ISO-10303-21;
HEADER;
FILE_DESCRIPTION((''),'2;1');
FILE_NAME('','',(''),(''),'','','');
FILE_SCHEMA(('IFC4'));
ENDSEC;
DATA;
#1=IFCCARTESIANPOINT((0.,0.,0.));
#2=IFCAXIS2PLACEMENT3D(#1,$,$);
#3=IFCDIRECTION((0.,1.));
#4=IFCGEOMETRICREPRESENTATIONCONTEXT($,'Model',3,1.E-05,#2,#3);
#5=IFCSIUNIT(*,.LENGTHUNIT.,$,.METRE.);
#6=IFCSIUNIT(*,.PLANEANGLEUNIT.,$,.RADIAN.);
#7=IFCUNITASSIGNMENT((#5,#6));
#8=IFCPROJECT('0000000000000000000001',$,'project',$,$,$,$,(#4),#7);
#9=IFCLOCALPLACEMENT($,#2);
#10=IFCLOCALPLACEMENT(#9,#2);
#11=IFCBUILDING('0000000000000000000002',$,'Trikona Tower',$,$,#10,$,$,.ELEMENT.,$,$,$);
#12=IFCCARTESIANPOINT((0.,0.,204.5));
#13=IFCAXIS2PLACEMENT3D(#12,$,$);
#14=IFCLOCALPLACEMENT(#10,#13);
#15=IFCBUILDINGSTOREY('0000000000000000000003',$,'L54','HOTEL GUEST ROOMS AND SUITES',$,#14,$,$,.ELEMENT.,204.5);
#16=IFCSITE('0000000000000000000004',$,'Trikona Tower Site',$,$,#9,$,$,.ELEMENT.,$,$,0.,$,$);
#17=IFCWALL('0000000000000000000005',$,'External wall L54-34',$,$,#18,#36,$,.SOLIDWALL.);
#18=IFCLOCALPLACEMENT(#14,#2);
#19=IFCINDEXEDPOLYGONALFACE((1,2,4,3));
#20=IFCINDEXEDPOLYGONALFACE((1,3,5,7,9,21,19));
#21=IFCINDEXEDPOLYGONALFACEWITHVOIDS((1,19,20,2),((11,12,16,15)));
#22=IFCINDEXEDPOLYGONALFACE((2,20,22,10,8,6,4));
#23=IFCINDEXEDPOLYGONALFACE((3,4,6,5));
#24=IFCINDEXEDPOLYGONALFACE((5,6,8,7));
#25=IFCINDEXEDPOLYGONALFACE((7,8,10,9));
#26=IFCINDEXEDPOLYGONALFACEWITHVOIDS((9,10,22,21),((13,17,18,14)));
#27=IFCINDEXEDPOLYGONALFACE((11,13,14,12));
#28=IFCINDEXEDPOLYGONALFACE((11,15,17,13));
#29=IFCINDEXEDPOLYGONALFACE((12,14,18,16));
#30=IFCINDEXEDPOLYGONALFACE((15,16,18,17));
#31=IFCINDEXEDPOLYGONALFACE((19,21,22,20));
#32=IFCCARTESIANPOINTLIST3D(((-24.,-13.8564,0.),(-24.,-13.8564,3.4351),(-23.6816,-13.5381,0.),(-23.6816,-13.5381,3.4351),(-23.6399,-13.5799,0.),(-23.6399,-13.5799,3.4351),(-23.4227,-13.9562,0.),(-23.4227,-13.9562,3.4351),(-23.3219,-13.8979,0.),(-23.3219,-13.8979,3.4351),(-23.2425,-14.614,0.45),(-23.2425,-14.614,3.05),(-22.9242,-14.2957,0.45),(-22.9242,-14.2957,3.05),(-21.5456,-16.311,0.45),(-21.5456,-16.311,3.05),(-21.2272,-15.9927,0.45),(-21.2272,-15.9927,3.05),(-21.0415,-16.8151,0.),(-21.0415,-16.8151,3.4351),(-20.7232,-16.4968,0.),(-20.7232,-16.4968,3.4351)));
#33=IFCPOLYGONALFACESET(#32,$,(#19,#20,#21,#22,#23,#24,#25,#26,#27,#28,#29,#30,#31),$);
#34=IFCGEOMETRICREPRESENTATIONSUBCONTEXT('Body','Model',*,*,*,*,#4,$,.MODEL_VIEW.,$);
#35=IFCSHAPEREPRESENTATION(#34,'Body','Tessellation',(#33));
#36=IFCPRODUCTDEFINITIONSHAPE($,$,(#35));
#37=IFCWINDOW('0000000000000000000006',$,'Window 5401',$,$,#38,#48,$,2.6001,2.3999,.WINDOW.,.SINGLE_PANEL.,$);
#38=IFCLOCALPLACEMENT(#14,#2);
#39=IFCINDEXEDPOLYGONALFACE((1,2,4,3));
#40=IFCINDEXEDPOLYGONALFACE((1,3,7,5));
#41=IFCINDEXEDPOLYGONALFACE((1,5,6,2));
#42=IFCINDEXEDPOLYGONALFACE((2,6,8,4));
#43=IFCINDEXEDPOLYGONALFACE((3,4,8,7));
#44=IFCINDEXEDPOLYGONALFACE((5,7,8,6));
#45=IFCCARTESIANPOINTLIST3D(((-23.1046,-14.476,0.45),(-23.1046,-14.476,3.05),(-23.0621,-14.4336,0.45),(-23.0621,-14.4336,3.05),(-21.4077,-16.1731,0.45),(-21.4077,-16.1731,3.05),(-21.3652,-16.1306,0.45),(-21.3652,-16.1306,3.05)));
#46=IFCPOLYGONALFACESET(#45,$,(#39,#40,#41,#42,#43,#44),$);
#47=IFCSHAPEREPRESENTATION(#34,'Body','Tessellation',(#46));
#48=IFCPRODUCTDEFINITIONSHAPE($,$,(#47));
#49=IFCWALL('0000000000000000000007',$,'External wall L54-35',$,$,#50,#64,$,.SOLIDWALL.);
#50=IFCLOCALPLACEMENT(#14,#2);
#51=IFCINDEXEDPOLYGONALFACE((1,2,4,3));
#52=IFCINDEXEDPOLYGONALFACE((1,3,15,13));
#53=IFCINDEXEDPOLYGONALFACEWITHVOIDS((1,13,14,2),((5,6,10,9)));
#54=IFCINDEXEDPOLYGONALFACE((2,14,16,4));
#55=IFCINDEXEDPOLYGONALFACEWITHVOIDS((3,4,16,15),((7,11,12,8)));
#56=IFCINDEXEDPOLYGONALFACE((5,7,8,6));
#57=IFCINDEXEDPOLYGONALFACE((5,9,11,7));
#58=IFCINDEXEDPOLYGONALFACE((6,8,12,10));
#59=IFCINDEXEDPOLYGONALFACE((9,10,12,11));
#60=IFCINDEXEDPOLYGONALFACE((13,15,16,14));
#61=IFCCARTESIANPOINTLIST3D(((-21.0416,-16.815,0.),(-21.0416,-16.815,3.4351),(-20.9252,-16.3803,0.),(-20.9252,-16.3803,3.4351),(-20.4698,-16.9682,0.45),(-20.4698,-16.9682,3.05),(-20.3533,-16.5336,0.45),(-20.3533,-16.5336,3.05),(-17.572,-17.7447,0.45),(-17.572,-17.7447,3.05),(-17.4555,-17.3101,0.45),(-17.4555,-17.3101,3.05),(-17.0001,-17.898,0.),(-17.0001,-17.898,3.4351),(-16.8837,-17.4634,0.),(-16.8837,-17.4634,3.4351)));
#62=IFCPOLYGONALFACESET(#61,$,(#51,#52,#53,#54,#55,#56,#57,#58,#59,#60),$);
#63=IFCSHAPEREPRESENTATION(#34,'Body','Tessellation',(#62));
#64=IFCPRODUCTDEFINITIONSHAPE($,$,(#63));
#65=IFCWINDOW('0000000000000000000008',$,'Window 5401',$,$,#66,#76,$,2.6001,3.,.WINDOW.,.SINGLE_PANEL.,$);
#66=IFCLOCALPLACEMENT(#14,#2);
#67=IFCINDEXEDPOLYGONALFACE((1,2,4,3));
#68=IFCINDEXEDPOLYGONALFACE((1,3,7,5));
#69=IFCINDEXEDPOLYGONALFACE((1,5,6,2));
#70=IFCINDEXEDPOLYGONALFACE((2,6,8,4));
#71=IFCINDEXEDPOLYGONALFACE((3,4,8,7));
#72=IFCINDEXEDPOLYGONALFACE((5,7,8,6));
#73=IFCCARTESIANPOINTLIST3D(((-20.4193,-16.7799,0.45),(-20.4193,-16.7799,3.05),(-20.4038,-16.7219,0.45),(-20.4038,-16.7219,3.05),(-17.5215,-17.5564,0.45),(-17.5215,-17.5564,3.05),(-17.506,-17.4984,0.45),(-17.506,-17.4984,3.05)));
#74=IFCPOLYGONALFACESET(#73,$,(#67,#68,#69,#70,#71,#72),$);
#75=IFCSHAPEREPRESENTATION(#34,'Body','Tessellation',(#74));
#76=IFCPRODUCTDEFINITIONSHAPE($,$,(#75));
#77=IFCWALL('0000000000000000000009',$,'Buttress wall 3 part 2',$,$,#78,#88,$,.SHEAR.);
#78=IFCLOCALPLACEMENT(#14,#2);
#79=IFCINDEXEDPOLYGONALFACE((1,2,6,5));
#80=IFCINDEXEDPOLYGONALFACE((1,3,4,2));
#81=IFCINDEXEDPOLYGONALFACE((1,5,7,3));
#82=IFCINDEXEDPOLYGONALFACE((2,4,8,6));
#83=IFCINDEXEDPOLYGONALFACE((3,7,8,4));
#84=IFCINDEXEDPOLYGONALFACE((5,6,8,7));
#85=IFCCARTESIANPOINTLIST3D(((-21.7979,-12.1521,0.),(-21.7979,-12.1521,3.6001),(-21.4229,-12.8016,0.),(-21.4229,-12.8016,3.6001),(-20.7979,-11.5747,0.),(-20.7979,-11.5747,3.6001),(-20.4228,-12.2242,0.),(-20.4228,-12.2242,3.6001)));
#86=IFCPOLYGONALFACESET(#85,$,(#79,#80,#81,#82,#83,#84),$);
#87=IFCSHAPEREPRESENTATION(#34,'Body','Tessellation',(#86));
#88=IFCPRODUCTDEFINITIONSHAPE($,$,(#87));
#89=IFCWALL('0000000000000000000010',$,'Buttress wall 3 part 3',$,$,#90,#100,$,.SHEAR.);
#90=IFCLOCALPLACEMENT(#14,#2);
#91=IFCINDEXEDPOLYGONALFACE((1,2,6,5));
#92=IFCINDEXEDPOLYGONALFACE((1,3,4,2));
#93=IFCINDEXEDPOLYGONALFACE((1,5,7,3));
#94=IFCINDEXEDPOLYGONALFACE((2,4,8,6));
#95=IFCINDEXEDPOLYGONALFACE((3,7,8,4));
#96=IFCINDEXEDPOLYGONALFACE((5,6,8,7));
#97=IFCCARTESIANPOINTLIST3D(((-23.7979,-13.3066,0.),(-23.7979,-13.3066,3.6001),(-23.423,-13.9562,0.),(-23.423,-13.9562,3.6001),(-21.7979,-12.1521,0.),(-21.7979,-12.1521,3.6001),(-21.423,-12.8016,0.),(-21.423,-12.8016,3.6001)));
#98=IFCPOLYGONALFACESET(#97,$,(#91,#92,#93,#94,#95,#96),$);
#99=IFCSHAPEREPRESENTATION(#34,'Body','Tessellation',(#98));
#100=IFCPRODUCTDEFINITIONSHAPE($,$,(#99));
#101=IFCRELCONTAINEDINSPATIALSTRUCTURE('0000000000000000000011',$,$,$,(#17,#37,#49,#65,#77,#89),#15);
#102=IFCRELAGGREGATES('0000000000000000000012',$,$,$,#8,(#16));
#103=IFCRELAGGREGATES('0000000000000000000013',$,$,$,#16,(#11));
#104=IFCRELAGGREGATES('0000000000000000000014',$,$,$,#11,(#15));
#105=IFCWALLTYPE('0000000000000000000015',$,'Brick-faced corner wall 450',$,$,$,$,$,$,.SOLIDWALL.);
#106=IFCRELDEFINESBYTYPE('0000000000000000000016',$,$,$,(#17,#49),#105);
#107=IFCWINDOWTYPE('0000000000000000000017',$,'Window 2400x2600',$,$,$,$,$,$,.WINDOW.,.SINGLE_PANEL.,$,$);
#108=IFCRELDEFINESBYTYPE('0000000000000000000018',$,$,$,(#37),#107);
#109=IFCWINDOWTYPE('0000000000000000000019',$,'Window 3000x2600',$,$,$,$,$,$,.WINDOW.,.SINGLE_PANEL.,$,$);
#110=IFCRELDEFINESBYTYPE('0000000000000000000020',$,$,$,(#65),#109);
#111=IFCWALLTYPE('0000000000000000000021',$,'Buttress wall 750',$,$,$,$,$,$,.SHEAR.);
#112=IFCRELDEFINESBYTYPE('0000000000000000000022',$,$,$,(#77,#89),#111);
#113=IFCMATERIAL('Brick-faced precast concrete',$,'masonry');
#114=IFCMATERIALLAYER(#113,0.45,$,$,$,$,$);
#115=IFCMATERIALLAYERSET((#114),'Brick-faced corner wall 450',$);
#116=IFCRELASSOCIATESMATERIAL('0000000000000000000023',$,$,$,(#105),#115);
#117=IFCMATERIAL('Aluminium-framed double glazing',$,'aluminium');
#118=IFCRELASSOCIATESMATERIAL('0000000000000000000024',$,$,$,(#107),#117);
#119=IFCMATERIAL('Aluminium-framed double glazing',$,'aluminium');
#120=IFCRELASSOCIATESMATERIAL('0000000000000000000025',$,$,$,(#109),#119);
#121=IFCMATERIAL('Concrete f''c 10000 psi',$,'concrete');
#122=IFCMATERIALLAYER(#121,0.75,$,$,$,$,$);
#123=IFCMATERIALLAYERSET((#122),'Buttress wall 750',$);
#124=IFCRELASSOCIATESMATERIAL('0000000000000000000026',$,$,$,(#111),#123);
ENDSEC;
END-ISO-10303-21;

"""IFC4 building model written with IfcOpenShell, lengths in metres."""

from ifc_helpers import new_model, si_unit, direction, frame, frame_2d, origin, place, context, subcontext, project, spatial, polyline, rectangle, outline, extrude, material, layer, layer_set, type_object, element, fill, save


model = new_model("IFC4")

# Units and contexts
model_context = context("Model", 3, precision=1e-05, world=origin(), true_north=direction((0.0, 1.0)))
body_context = subcontext(model_context, "Body", "Model", "MODEL_VIEW")
ifc_project = project(units=[si_unit("LENGTHUNIT", "METRE"), si_unit("PLANEANGLEUNIT", "RADIAN")], contexts=[model_context])

# Site, building, storey
site_placement = place(None, origin())
site = spatial("IfcSite", under=ifc_project, at=site_placement, Name="Trikona Tower Site", CompositionType="ELEMENT", RefElevation=0.0)
building_placement = place(site_placement, origin())
building = spatial("IfcBuilding", under=site, at=building_placement, Name="Trikona Tower", CompositionType="ELEMENT")
storey_placement = place(building_placement, frame((0.0, 0.0, 204.5)))
storey = spatial("IfcBuildingStorey", under=building, at=storey_placement, Name="L54", Description="HOTEL GUEST ROOMS AND SUITES", CompositionType="ELEMENT", Elevation=204.5)

# Walls, openings, windows
ifc_material_1 = material(Name="Brick-faced precast concrete", Category="masonry")
ifc_layer_1 = layer(ifc_material_1, 0.45)
ifc_layer_set_1 = layer_set([ifc_layer_1], Name="Brick-faced corner wall 450")
wall_type_1 = type_object("IfcWallType", Name="Brick-faced corner wall 450", PredefinedType="SOLIDWALL", material=ifc_layer_set_1)
wall_1_placement = place(storey_placement, frame((-23.8408, -13.6973, 0.0), z_axis=(0.0, 0.0, 1.0), x_axis=(0.707078, -0.707136, 0.0)))
wall_1 = element("IfcWall", 1, at=wall_1_placement, inside=storey, type_object=wall_type_1, Name="External wall L54-34", PredefinedType="SOLIDWALL", context=body_context, shape_type="SweptSolid", body=[
    extrude(outline(polyline([(4.1841, 0.2251), (0.5088, 0.2251), (0.4788, 0.1125), (0.0591, 0.2251), (0.0, 0.2251), (0.0, -0.2251), (4.1841, -0.2251), (4.1841, 0.2251)])), origin(), (0.0, 0.0, 1.0), 3.4351),
])
opening_1_placement = place(wall_1_placement, frame((1.0713, 0.0, 0.45)))
opening_1 = element("IfcOpeningElement", 2, at=opening_1_placement, cuts=wall_1, PredefinedType="OPENING", context=body_context, shape_type="SweptSolid", body=[
    extrude(rectangle(XDim=2.3999, YDim=2.6001, at=frame_2d((1.2, 1.3))), frame((0.0, 0.2349, 0.0), z_axis=(0.0, -1.0, 0.0), x_axis=(1.0, 0.0, 0.0)), (0.0, 0.0, 1.0), 0.47),
])
ifc_material_2 = material(Name="Aluminium-framed double glazing", Category="aluminium")
window_type_1 = type_object("IfcWindowType", Name="Window 2400x2600", PartitioningType="SINGLE_PANEL", PredefinedType="WINDOW", material=ifc_material_2)
window_1_placement = place(opening_1_placement, origin())
window_1 = element("IfcWindow", 3, at=window_1_placement, inside=storey, type_object=window_type_1, Name="Window 5401", OverallHeight=2.6001, OverallWidth=2.3999, PartitioningType="SINGLE_PANEL", PredefinedType="WINDOW", context=body_context, shape_type="SweptSolid", body=[
    extrude(rectangle(XDim=2.3999, YDim=2.6001, at=frame_2d((1.2, 1.3))), frame((0.0, 0.03, 0.0), z_axis=(0.0, -1.0, 0.0), x_axis=(1.0, 0.0, 0.0)), (0.0, 0.0, 1.0), 0.0601),
])
fill(opening_1, window_1)
wall_2_placement = place(storey_placement, frame((-20.9834, -16.5977, 0.0), z_axis=(0.0, 0.0, 1.0), x_axis=(0.96592, -0.258839, 0.0)))
wall_2 = element("IfcWall", 4, at=wall_2_placement, inside=storey, type_object=wall_type_1, Name="External wall L54-35", PredefinedType="SOLIDWALL", context=body_context, shape_type="SweptSolid", body=[
    extrude(rectangle(XDim=4.1841, YDim=0.45, at=frame_2d((2.092, 0.0))), origin(), (0.0, 0.0, 1.0), 3.4351),
])
opening_2_placement = place(wall_2_placement, frame((0.592, 0.0, 0.45)))
opening_2 = element("IfcOpeningElement", 5, at=opening_2_placement, cuts=wall_2, PredefinedType="OPENING", context=body_context, shape_type="SweptSolid", body=[
    extrude(rectangle(XDim=3.0, YDim=2.6001, at=frame_2d((1.5, 1.3))), frame((0.0, 0.2349, 0.0), z_axis=(0.0, -1.0, 0.0), x_axis=(1.0, 0.0, 0.0)), (0.0, 0.0, 1.0), 0.47),
])
ifc_material_3 = material(Name="Aluminium-framed double glazing", Category="aluminium")
window_type_2 = type_object("IfcWindowType", Name="Window 3000x2600", PartitioningType="SINGLE_PANEL", PredefinedType="WINDOW", material=ifc_material_3)
window_2_placement = place(opening_2_placement, origin())
window_2 = element("IfcWindow", 6, at=window_2_placement, inside=storey, type_object=window_type_2, Name="Window 5401", OverallHeight=2.6001, OverallWidth=3.0, PartitioningType="SINGLE_PANEL", PredefinedType="WINDOW", context=body_context, shape_type="SweptSolid", body=[
    extrude(rectangle(XDim=3.0, YDim=2.6001, at=frame_2d((1.5, 1.3))), frame((0.0, 0.03, 0.0), z_axis=(0.0, -1.0, 0.0), x_axis=(1.0, 0.0, 0.0)), (0.0, 0.0, 1.0), 0.0601),
])
fill(opening_2, window_2)

# Walls
ifc_material_4 = material(Name="Concrete f'c 10000 psi", Category="concrete")
ifc_layer_2 = layer(ifc_material_4, 0.75)
ifc_layer_set_2 = layer_set([ifc_layer_2], Name="Buttress wall 750")
wall_type_2 = type_object("IfcWallType", Name="Buttress wall 750", PredefinedType="SHEAR", material=ifc_layer_set_2)
wall_3_placement = place(storey_placement, frame((-20.6104, -11.8994, 0.0), z_axis=(0.0, 0.0, 1.0), x_axis=(-0.86601, -0.500027, 0.0)))
element("IfcWall", 7, at=wall_3_placement, inside=storey, type_object=wall_type_2, Name="Buttress wall 3 part 2", PredefinedType="SHEAR", context=body_context, shape_type="SweptSolid", body=[
    extrude(rectangle(XDim=1.1548, YDim=0.75, at=frame_2d((0.5774, 0.0))), origin(), (0.0, 0.0, 1.0), 3.6001),
])
wall_4_placement = place(storey_placement, frame((-21.6104, -12.4768, 0.0), z_axis=(0.0, 0.0, 1.0), x_axis=(-0.866055, -0.499948, 0.0)))
element("IfcWall", 8, at=wall_4_placement, inside=storey, type_object=wall_type_2, Name="Buttress wall 3 part 3", PredefinedType="SHEAR", context=body_context, shape_type="SweptSolid", body=[
    extrude(rectangle(XDim=2.3093, YDim=0.75, at=frame_2d((1.1548, 0.0))), origin(), (0.0, 0.0, 1.0), 3.6001),
])

save(model, "model.ifc")
